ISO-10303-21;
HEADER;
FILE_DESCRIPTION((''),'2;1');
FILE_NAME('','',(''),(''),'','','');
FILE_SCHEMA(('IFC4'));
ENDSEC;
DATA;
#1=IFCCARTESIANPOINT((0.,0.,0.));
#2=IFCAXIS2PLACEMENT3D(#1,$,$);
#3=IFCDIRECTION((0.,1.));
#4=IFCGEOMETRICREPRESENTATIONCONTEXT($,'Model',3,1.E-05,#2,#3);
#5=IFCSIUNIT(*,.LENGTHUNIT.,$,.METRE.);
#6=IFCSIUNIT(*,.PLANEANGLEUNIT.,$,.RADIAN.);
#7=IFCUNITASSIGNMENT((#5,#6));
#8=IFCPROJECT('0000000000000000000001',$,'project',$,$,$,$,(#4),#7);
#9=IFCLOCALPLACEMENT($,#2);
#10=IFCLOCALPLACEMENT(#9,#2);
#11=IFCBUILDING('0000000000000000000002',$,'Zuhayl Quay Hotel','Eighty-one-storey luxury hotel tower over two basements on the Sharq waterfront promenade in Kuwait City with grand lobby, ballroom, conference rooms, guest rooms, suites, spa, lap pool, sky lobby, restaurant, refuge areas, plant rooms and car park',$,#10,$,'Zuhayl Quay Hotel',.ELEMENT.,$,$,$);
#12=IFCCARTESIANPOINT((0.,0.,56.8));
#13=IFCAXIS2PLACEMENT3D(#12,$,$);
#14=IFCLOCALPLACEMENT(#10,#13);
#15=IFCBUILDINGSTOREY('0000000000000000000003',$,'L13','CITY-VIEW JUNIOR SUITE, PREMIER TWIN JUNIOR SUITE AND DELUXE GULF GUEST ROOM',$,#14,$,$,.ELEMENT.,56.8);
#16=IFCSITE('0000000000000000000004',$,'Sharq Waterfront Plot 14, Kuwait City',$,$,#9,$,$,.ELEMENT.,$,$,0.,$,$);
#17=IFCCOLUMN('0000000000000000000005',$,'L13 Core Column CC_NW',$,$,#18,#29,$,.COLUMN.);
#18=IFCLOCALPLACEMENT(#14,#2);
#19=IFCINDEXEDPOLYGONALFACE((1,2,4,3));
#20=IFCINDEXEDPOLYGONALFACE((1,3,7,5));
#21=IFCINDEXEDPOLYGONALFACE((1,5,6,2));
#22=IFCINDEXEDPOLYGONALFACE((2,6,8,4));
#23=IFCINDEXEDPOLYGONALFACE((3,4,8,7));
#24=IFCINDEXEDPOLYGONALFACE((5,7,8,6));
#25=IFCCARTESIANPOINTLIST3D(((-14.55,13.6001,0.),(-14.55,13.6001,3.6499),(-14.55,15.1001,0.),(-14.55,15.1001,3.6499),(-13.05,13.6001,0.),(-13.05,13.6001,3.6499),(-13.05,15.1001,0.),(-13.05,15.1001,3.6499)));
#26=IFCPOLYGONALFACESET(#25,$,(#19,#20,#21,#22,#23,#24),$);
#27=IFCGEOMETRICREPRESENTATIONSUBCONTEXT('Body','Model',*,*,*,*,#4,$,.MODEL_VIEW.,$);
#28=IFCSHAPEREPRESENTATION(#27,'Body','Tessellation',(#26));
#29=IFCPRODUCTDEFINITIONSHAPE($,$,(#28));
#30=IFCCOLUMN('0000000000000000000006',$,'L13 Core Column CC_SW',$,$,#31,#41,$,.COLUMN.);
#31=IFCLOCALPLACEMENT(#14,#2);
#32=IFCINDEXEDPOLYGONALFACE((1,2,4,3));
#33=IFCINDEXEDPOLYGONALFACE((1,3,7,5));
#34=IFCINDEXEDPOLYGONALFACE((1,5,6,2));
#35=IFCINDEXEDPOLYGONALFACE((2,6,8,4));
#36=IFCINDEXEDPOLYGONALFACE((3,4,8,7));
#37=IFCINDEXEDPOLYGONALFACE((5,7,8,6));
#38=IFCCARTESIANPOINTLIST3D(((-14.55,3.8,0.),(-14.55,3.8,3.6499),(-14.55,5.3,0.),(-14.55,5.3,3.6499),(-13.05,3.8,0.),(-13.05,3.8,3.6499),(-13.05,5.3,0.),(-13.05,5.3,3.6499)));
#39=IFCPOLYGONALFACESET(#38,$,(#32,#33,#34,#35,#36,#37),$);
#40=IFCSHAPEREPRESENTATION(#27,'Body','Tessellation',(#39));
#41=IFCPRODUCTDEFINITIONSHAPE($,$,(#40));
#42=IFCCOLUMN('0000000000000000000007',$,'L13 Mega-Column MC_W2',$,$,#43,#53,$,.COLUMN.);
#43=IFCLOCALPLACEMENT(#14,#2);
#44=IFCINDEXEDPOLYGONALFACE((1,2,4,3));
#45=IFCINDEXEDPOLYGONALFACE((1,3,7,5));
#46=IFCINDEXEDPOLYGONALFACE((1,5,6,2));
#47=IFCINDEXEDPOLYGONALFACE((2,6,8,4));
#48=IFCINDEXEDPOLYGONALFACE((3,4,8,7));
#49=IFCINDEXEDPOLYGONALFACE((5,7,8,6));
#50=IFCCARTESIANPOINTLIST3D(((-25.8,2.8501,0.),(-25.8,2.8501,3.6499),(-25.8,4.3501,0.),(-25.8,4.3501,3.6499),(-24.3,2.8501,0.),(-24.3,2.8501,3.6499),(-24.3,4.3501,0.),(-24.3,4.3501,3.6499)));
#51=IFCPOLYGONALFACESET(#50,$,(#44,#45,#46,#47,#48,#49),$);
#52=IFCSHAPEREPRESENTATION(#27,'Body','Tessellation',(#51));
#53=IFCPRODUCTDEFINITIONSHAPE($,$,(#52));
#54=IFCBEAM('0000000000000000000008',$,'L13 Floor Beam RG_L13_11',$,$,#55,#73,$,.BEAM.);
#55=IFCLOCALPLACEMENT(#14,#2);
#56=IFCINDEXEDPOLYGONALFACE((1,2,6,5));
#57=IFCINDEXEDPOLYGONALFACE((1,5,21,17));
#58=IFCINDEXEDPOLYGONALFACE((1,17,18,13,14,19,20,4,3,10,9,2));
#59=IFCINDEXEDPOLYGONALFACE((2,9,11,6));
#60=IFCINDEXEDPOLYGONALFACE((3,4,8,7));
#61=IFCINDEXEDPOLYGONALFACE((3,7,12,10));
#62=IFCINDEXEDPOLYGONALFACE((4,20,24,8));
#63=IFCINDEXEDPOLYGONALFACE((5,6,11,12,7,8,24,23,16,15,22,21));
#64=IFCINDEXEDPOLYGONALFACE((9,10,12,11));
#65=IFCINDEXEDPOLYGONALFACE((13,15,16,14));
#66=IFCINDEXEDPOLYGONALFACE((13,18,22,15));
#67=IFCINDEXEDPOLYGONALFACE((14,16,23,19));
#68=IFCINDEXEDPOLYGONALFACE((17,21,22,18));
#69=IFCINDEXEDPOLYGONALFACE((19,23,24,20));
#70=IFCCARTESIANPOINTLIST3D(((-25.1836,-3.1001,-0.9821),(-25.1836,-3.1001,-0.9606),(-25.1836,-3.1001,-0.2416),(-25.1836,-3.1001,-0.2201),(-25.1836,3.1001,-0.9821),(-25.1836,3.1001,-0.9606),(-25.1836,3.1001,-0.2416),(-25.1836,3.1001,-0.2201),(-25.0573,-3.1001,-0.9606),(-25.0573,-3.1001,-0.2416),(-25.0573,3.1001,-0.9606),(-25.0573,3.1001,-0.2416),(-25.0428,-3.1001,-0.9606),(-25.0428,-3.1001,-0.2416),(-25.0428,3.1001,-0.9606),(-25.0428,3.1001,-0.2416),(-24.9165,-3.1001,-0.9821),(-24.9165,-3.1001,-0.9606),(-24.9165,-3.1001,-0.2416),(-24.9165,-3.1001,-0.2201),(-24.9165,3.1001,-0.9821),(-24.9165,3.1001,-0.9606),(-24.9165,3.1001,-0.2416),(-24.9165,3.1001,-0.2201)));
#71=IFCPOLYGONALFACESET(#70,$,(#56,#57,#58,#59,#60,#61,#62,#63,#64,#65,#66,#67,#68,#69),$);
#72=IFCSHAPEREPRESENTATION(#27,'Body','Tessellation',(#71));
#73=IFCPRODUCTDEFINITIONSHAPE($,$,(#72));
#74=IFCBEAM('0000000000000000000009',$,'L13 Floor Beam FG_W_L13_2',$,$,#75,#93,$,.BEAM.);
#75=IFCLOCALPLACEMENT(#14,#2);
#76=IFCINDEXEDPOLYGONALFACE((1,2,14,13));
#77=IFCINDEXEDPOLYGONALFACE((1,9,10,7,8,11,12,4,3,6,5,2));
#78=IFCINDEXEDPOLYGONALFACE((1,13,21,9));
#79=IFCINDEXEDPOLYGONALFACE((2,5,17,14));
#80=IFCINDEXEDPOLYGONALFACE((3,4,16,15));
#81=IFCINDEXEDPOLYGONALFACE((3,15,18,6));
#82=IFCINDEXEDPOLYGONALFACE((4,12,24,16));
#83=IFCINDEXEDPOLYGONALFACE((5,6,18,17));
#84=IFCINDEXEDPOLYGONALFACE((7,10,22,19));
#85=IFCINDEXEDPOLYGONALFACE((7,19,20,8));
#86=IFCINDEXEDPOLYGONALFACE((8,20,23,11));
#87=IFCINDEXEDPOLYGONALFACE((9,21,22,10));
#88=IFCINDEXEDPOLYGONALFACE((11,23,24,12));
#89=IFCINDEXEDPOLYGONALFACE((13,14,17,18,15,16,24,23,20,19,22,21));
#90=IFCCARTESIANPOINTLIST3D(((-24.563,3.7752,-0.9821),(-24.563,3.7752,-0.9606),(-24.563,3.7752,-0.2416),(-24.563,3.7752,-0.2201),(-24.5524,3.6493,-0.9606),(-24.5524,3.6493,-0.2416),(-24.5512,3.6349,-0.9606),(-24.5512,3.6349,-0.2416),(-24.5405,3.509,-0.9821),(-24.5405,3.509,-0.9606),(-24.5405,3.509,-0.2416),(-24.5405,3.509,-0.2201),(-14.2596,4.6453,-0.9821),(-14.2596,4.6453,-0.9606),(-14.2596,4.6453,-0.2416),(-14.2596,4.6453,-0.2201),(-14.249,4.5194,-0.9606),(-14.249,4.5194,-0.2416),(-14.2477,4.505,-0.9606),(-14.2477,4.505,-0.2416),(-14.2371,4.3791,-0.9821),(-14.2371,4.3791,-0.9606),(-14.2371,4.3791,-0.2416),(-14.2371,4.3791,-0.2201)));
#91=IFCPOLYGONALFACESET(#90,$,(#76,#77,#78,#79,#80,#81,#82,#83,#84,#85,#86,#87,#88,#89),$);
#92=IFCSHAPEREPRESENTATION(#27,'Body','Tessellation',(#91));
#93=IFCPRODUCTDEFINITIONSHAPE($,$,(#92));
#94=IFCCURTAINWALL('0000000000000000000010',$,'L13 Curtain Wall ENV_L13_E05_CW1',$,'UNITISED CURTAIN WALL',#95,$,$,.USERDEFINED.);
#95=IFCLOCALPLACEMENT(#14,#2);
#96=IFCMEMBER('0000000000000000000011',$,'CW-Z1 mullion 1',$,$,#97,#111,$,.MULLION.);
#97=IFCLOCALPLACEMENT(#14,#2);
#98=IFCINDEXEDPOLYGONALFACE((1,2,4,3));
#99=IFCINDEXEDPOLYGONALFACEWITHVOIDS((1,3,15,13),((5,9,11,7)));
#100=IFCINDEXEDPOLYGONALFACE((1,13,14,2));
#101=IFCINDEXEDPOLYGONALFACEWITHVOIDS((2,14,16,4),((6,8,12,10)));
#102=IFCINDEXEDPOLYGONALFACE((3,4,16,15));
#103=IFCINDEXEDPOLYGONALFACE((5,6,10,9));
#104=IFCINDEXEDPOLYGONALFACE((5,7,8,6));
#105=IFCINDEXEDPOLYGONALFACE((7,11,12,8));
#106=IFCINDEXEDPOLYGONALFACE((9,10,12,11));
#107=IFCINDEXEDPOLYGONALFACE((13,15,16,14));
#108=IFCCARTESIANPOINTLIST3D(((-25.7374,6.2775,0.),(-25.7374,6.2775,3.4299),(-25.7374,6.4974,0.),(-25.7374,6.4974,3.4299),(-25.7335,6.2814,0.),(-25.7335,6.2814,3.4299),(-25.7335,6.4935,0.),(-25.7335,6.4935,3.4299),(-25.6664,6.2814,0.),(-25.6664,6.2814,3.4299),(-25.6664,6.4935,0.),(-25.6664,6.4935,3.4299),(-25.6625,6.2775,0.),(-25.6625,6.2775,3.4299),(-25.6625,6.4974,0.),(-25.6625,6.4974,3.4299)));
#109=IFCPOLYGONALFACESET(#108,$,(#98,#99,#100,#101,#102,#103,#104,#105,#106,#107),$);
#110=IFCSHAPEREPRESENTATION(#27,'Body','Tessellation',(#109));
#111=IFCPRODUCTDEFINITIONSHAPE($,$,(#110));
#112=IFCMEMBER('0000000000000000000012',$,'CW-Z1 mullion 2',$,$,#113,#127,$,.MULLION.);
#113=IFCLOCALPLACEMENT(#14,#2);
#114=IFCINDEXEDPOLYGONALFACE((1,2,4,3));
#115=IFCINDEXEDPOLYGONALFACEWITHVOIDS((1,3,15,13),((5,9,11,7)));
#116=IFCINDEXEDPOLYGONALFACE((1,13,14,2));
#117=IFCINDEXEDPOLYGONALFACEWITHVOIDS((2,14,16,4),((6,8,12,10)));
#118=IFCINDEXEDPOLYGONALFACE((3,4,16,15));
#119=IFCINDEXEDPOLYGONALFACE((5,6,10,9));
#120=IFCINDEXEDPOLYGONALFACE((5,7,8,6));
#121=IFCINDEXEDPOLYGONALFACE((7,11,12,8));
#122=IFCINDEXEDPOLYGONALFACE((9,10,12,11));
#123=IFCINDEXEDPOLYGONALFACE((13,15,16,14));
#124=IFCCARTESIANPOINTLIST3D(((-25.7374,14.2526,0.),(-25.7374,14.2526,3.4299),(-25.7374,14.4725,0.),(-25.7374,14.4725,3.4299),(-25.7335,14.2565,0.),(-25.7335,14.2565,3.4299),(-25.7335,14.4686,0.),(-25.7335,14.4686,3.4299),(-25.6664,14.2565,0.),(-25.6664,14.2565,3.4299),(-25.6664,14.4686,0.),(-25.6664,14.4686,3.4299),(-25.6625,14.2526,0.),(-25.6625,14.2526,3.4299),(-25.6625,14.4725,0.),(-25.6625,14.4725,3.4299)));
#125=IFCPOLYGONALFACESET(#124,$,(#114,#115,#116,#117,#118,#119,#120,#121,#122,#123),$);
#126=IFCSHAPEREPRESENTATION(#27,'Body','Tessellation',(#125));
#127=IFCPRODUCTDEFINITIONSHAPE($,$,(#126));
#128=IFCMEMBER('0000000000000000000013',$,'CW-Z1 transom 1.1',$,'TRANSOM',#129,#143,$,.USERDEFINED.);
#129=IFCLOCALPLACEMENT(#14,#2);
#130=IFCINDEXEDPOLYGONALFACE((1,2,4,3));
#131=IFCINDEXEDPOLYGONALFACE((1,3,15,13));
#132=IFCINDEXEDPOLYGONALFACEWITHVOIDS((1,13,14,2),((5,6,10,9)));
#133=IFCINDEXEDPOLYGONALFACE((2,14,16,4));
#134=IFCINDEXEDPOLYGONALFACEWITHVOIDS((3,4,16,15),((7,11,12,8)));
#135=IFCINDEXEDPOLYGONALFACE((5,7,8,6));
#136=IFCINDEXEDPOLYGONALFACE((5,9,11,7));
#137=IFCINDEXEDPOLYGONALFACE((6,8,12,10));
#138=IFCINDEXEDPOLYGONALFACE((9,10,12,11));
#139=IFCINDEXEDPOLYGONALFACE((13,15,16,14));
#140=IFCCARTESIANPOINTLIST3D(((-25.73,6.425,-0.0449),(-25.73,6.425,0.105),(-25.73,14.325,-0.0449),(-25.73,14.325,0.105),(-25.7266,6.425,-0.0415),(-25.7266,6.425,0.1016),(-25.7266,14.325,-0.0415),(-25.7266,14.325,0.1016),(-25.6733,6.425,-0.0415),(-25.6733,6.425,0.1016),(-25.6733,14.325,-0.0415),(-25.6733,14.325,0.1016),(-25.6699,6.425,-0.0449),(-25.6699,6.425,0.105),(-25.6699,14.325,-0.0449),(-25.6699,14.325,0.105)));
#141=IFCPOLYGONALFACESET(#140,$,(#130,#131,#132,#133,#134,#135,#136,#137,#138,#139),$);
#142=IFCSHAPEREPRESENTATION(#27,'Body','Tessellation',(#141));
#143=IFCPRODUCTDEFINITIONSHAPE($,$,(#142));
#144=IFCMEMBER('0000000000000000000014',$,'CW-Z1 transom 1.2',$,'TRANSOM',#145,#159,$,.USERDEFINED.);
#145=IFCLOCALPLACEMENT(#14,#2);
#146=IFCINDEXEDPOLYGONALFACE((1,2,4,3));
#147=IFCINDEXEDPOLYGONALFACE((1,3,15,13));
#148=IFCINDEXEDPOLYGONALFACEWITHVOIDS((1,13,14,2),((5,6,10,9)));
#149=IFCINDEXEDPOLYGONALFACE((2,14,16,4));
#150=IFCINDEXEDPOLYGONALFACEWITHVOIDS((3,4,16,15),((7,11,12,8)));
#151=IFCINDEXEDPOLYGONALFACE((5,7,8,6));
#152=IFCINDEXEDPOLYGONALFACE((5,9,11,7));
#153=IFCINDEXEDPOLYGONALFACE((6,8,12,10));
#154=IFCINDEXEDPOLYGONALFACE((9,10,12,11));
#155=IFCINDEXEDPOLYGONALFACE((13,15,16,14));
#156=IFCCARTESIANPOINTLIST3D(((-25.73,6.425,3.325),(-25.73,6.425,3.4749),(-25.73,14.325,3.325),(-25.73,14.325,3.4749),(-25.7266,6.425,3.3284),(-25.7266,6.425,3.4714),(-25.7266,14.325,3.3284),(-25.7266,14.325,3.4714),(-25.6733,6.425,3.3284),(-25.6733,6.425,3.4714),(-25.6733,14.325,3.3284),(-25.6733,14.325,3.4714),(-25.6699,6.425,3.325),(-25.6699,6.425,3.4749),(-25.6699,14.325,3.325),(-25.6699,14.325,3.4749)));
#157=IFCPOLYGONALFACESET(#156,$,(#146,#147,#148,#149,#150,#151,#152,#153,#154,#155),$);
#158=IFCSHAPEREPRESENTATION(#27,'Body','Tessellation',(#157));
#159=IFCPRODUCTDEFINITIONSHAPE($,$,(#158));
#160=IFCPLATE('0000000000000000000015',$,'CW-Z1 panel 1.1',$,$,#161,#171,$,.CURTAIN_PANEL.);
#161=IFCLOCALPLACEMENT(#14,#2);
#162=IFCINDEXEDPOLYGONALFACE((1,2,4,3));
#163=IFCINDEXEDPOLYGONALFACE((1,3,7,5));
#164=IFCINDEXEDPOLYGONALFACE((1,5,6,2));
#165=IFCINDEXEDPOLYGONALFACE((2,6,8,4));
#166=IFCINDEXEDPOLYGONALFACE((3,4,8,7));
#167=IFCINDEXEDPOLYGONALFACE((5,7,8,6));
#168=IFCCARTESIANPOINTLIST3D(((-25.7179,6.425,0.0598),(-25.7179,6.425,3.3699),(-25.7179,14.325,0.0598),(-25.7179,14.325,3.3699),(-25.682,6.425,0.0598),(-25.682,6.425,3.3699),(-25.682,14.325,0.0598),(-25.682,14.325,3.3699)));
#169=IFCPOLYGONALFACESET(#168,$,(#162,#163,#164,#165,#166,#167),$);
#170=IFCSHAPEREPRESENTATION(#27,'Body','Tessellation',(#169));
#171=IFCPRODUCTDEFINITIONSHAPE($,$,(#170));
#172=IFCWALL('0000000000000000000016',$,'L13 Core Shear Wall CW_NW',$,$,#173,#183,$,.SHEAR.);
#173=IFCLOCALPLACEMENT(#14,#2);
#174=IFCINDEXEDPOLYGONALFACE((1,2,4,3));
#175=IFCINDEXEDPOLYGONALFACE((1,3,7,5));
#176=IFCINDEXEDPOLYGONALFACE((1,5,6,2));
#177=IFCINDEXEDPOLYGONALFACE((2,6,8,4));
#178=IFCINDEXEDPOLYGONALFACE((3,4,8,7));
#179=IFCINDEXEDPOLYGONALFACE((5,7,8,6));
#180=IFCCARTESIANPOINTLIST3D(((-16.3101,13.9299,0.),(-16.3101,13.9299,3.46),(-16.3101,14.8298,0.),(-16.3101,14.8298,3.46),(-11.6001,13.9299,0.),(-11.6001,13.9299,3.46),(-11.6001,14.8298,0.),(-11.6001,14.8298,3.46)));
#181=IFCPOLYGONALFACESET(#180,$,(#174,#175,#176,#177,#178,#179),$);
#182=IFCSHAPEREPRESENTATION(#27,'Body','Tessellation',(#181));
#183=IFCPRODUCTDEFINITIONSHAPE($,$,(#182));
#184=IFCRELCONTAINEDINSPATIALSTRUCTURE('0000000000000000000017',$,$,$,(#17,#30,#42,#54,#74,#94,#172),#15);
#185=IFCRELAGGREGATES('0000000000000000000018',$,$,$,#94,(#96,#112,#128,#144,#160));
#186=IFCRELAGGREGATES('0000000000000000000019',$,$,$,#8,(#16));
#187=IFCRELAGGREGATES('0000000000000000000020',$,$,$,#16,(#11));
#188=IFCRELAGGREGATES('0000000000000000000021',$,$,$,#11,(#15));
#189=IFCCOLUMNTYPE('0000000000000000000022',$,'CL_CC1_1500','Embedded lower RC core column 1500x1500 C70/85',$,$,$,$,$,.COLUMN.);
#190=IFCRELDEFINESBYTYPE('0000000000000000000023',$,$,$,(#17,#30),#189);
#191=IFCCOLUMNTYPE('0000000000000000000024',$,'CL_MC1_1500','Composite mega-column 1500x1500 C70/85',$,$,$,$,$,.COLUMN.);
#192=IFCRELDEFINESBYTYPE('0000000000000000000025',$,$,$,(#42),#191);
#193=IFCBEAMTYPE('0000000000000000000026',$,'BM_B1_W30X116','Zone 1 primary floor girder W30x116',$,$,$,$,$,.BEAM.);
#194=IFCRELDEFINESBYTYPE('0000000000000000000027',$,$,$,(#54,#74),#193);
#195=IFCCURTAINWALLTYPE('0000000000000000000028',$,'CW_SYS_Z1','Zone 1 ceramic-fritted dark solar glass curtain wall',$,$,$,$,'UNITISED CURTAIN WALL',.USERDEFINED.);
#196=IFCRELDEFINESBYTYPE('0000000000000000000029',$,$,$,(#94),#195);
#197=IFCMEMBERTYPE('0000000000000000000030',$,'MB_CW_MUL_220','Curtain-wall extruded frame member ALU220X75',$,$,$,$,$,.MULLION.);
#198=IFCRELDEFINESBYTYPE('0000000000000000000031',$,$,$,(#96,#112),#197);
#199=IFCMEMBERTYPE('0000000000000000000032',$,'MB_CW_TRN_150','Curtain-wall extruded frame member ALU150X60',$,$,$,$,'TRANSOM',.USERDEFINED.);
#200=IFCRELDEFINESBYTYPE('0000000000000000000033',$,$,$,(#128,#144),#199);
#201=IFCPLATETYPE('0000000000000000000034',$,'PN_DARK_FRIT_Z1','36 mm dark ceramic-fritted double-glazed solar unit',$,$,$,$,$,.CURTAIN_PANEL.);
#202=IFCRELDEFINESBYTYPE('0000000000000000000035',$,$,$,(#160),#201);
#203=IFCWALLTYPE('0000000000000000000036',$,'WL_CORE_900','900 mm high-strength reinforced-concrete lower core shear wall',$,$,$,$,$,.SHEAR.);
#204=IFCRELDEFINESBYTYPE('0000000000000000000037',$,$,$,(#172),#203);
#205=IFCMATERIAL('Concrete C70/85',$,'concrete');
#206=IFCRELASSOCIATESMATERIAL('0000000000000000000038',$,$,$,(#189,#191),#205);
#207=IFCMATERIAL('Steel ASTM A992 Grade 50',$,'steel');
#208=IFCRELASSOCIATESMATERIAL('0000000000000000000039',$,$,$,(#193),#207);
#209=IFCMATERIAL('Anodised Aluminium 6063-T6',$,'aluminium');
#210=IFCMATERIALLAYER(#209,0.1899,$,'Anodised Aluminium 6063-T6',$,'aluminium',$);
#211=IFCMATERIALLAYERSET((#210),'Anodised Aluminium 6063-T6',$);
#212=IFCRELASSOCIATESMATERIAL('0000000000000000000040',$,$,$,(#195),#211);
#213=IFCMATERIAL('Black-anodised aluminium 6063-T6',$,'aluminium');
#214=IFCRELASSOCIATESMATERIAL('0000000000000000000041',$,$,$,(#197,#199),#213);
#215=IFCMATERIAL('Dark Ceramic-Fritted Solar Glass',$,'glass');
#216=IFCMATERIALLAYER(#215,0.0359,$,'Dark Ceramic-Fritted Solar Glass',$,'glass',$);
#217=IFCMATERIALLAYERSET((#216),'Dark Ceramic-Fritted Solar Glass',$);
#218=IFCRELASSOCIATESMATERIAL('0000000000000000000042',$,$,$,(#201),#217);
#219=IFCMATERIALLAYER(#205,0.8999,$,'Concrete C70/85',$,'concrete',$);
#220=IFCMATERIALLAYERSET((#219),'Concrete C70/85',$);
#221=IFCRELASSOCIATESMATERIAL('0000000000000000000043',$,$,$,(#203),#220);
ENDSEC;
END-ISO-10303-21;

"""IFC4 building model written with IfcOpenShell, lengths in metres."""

from ifc_helpers import new_model, si_unit, direction, frame, frame_2d, origin, origin_2d, place, context, subcontext, project, spatial, rectangle, hollow_rectangle, i_section, extrude, material, layer, layer_set, material_profile, profile_set, type_object, element, aggregate, save


model = new_model("IFC4")

# Units and contexts
model_context = context("Model", 3, precision=1e-05, world=origin(), true_north=direction((0.0, 1.0)))
body_context = subcontext(model_context, "Body", "Model", "MODEL_VIEW")
ifc_project = project(units=[si_unit("LENGTHUNIT", "METRE"), si_unit("PLANEANGLEUNIT", "RADIAN")], contexts=[model_context])

# Site, building, storey
site_placement = place(None, origin())
site = spatial("IfcSite", under=ifc_project, at=site_placement, Name="Sharq Waterfront Plot 14, Kuwait City", CompositionType="ELEMENT", RefElevation=0.0)
building_placement = place(site_placement, origin())
building = spatial("IfcBuilding", under=site, at=building_placement, Name="Zuhayl Quay Hotel", Description="Eighty-one-storey luxury hotel tower over two basements on the Sharq waterfront promenade in Kuwait City with grand lobby, ballroom, conference rooms, guest rooms, suites, spa, lap pool, sky lobby, restaurant, refuge areas, plant rooms and car park", LongName="Zuhayl Quay Hotel", CompositionType="ELEMENT")
storey_placement = place(building_placement, frame((0.0, 0.0, 56.8)))
storey = spatial("IfcBuildingStorey", under=building, at=storey_placement, Name="L13", Description="CITY-VIEW JUNIOR SUITE, PREMIER TWIN JUNIOR SUITE AND DELUXE GULF GUEST ROOM", CompositionType="ELEMENT", Elevation=56.8)

# Columns
ifc_material_1 = material(Name="Concrete C70/85", Category="concrete")
ifc_material_profile_1 = material_profile(ifc_material_1, rectangle(XDim=1.5, YDim=1.5, at=origin_2d()), Name="RC1500X1500")
ifc_profile_set_1 = profile_set([ifc_material_profile_1], Name="Concrete C70/85")
column_type_1 = type_object("IfcColumnType", Name="CL_CC1_1500", Description="Embedded lower RC core column 1500x1500 C70/85", PredefinedType="COLUMN", material=ifc_profile_set_1)
for number, where, z_axis, x_axis, name in (
    (1, (-13.8, 14.3501, 0.0), (0.0, 0.0, 1.0), (1.0, 0.0, 0.0), "L13 Core Column CC_NW"),
    (2, (-13.8, 4.55, 0.0), (0.0, 0.0, 1.0), (1.0, 0.0, 0.0), "L13 Core Column CC_SW"),
):
    element("IfcColumn", number, at=place(storey_placement, frame(where, z_axis=z_axis, x_axis=x_axis)), inside=storey, type_object=column_type_1, Name=name, PredefinedType="COLUMN", context=body_context, shape_type="SweptSolid", body=[
        extrude(rectangle(XDim=1.5, YDim=1.5, at=origin_2d()), origin(), (0.0, 0.0, 1.0), 3.6499),
    ])
ifc_material_profile_2 = material_profile(ifc_material_1, rectangle(XDim=1.5, YDim=1.5, at=origin_2d()), Name="RC1500X1500")
ifc_profile_set_2 = profile_set([ifc_material_profile_2], Name="Concrete C70/85")
column_type_2 = type_object("IfcColumnType", Name="CL_MC1_1500", Description="Composite mega-column 1500x1500 C70/85", PredefinedType="COLUMN", material=ifc_profile_set_2)
column_placement = place(storey_placement, frame((-25.05, 3.6001, 0.0), z_axis=(0.0, 0.0, 1.0), x_axis=(1.0, 0.0, 0.0)))
element("IfcColumn", 3, at=column_placement, inside=storey, type_object=column_type_2, Name="L13 Mega-Column MC_W2", PredefinedType="COLUMN", context=body_context, shape_type="SweptSolid", body=[
    extrude(rectangle(XDim=1.5, YDim=1.5, at=origin_2d()), origin(), (0.0, 0.0, 1.0), 3.6499),
])

# Beams
ifc_material_2 = material(Name="Steel ASTM A992 Grade 50", Category="steel")
ifc_material_profile_3 = material_profile(ifc_material_2, i_section(OverallWidth=0.2671, OverallDepth=0.762, WebThickness=0.0144, FlangeThickness=0.0215, at=origin_2d()), Name="W30X116")
ifc_profile_set_3 = profile_set([ifc_material_profile_3], Name="Steel ASTM A992 Grade 50")
beam_type = type_object("IfcBeamType", Name="BM_B1_W30X116", Description="Zone 1 primary floor girder W30x116", PredefinedType="BEAM", material=ifc_profile_set_3)
beam_1_placement = place(storey_placement, frame((-25.05, 3.1001, -0.6011), z_axis=(0.0, -1.0, 0.0), x_axis=(1.0, 0.0, 0.0)))
element("IfcBeam", 4, at=beam_1_placement, inside=storey, type_object=beam_type, Name="L13 Floor Beam RG_L13_11", PredefinedType="BEAM", context=body_context, shape_type="SweptSolid", body=[
    extrude(i_section(OverallWidth=0.2671, OverallDepth=0.762, WebThickness=0.0144, FlangeThickness=0.0215, at=origin_2d()), origin(), (0.0, 0.0, 1.0), 6.2002),
])
beam_2_placement = place(storey_placement, frame((-24.5518, 3.6421, -0.6011), z_axis=(0.996453, 0.084149, 0.0), x_axis=(-0.084149, 0.996453, 0.0)))
element("IfcBeam", 5, at=beam_2_placement, inside=storey, type_object=beam_type, Name="L13 Floor Beam FG_W_L13_2", PredefinedType="BEAM", context=body_context, shape_type="SweptSolid", body=[
    extrude(i_section(OverallWidth=0.2671, OverallDepth=0.762, WebThickness=0.0144, FlangeThickness=0.0215, at=origin_2d()), origin(), (0.0, 0.0, 1.0), 10.3401),
])

# Curtain wall, members, plate
ifc_material_3 = material(Name="Anodised Aluminium 6063-T6", Category="aluminium")
ifc_layer_1 = layer(ifc_material_3, 0.1899, Name="Anodised Aluminium 6063-T6", Category="aluminium")
ifc_layer_set_1 = layer_set([ifc_layer_1], Name="Anodised Aluminium 6063-T6")
curtain_wall_type = type_object("IfcCurtainWallType", Name="CW_SYS_Z1", Description="Zone 1 ceramic-fritted dark solar glass curtain wall", ElementType="UNITISED CURTAIN WALL", PredefinedType="USERDEFINED", material=ifc_layer_set_1)
curtain_wall_placement = place(storey_placement, origin())
curtain_wall = element("IfcCurtainWall", 6, at=curtain_wall_placement, inside=storey, type_object=curtain_wall_type, Name="L13 Curtain Wall ENV_L13_E05_CW1", ObjectType="UNITISED CURTAIN WALL", PredefinedType="USERDEFINED")
ifc_material_4 = material(Name="Black-anodised aluminium 6063-T6", Category="aluminium")
ifc_material_profile_4 = material_profile(ifc_material_4, hollow_rectangle(XDim=0.075, YDim=0.22, WallThickness=0.0039, at=origin_2d()), Name="ALU220X75")
ifc_profile_set_4 = profile_set([ifc_material_profile_4], Name="Black-anodised aluminium 6063-T6")
member_type_1 = type_object("IfcMemberType", Name="MB_CW_MUL_220", Description="Curtain-wall extruded frame member ALU220X75", PredefinedType="MULLION", material=ifc_profile_set_4)
member_1_placement = place(storey_placement, frame((-25.7, 6.3875, 0.0), z_axis=(0.0, 0.0, 1.0), x_axis=(-1.0, 0.0, 0.0)))
member_1 = element("IfcMember", 7, at=member_1_placement, type_object=member_type_1, Name="CW-Z1 mullion 1", PredefinedType="MULLION", context=body_context, shape_type="SweptSolid", body=[
    extrude(hollow_rectangle(XDim=0.075, YDim=0.22, WallThickness=0.0039, at=origin_2d()), origin(), (0.0, 0.0, 1.0), 3.4299),
])
member_2_placement = place(storey_placement, frame((-25.7, 14.3625, 0.0), z_axis=(0.0, 0.0, 1.0), x_axis=(-1.0, 0.0, 0.0)))
member_2 = element("IfcMember", 8, at=member_2_placement, type_object=member_type_1, Name="CW-Z1 mullion 2", PredefinedType="MULLION", context=body_context, shape_type="SweptSolid", body=[
    extrude(hollow_rectangle(XDim=0.075, YDim=0.22, WallThickness=0.0039, at=origin_2d()), origin(), (0.0, 0.0, 1.0), 3.4299),
])
ifc_material_profile_5 = material_profile(ifc_material_4, hollow_rectangle(XDim=0.0601, YDim=0.1499, WallThickness=0.0034, at=origin_2d()), Name="ALU150X60")
ifc_profile_set_5 = profile_set([ifc_material_profile_5], Name="Black-anodised aluminium 6063-T6")
member_type_2 = type_object("IfcMemberType", Name="MB_CW_TRN_150", Description="Curtain-wall extruded frame member ALU150X60", ElementType="TRANSOM", PredefinedType="USERDEFINED", material=ifc_profile_set_5)
member_3_placement = place(storey_placement, frame((-25.7, 6.425, 0.03), z_axis=(0.0, 1.0, 0.0), x_axis=(-1.0, 0.0, 0.0)))
member_3 = element("IfcMember", 9, at=member_3_placement, type_object=member_type_2, Name="CW-Z1 transom 1.1", ObjectType="TRANSOM", PredefinedType="USERDEFINED", context=body_context, shape_type="SweptSolid", body=[
    extrude(hollow_rectangle(XDim=0.0601, YDim=0.1499, WallThickness=0.0034, at=origin_2d()), origin(), (0.0, 0.0, 1.0), 7.8999),
])
member_4_placement = place(storey_placement, frame((-25.7, 6.425, 3.3999), z_axis=(0.0, 1.0, 0.0), x_axis=(-1.0, 0.0, 0.0)))
member_4 = element("IfcMember", 10, at=member_4_placement, type_object=member_type_2, Name="CW-Z1 transom 1.2", ObjectType="TRANSOM", PredefinedType="USERDEFINED", context=body_context, shape_type="SweptSolid", body=[
    extrude(hollow_rectangle(XDim=0.0601, YDim=0.1499, WallThickness=0.0034, at=origin_2d()), origin(), (0.0, 0.0, 1.0), 7.8999),
])
ifc_material_5 = material(Name="Dark Ceramic-Fritted Solar Glass", Category="glass")
ifc_layer_2 = layer(ifc_material_5, 0.0359, Name="Dark Ceramic-Fritted Solar Glass", Category="glass")
ifc_layer_set_2 = layer_set([ifc_layer_2], Name="Dark Ceramic-Fritted Solar Glass")
plate_type = type_object("IfcPlateType", Name="PN_DARK_FRIT_Z1", Description="36 mm dark ceramic-fritted double-glazed solar unit", PredefinedType="CURTAIN_PANEL", material=ifc_layer_set_2)
plate_placement = place(storey_placement, frame((-25.7, 10.375, 0.0598), z_axis=(0.0, 0.0, 1.0), x_axis=(0.0, 1.0, 0.0)))
plate = element("IfcPlate", 11, at=plate_placement, type_object=plate_type, Name="CW-Z1 panel 1.1", PredefinedType="CURTAIN_PANEL", context=body_context, shape_type="SweptSolid", body=[
    extrude(rectangle(XDim=7.8999, YDim=0.0359, at=origin_2d()), origin(), (0.0, 0.0, 1.0), 3.3101),
])
aggregate(curtain_wall, [member_1, member_2, member_3, member_4, plate])

# Wall
ifc_layer_3 = layer(ifc_material_1, 0.8999, Name="Concrete C70/85", Category="concrete")
ifc_layer_set_3 = layer_set([ifc_layer_3], Name="Concrete C70/85")
wall_type_1 = type_object("IfcWallType", Name="WL_CORE_900", Description="900 mm high-strength reinforced-concrete lower core shear wall", PredefinedType="SHEAR", material=ifc_layer_set_3)
wall_1_placement = place(storey_placement, frame((-16.3101, 14.3799, 0.0), z_axis=(0.0, 0.0, 1.0), x_axis=(1.0, 0.0, 0.0)))
element("IfcWall", 12, at=wall_1_placement, inside=storey, type_object=wall_type_1, Name="L13 Core Shear Wall CW_NW", PredefinedType="SHEAR", context=body_context, shape_type="SweptSolid", body=[
    extrude(rectangle(XDim=4.71, YDim=0.8999, at=frame_2d((2.355, 0.0))), origin(), (0.0, 0.0, 1.0), 3.46),
])

save(model, "model.ifc")
